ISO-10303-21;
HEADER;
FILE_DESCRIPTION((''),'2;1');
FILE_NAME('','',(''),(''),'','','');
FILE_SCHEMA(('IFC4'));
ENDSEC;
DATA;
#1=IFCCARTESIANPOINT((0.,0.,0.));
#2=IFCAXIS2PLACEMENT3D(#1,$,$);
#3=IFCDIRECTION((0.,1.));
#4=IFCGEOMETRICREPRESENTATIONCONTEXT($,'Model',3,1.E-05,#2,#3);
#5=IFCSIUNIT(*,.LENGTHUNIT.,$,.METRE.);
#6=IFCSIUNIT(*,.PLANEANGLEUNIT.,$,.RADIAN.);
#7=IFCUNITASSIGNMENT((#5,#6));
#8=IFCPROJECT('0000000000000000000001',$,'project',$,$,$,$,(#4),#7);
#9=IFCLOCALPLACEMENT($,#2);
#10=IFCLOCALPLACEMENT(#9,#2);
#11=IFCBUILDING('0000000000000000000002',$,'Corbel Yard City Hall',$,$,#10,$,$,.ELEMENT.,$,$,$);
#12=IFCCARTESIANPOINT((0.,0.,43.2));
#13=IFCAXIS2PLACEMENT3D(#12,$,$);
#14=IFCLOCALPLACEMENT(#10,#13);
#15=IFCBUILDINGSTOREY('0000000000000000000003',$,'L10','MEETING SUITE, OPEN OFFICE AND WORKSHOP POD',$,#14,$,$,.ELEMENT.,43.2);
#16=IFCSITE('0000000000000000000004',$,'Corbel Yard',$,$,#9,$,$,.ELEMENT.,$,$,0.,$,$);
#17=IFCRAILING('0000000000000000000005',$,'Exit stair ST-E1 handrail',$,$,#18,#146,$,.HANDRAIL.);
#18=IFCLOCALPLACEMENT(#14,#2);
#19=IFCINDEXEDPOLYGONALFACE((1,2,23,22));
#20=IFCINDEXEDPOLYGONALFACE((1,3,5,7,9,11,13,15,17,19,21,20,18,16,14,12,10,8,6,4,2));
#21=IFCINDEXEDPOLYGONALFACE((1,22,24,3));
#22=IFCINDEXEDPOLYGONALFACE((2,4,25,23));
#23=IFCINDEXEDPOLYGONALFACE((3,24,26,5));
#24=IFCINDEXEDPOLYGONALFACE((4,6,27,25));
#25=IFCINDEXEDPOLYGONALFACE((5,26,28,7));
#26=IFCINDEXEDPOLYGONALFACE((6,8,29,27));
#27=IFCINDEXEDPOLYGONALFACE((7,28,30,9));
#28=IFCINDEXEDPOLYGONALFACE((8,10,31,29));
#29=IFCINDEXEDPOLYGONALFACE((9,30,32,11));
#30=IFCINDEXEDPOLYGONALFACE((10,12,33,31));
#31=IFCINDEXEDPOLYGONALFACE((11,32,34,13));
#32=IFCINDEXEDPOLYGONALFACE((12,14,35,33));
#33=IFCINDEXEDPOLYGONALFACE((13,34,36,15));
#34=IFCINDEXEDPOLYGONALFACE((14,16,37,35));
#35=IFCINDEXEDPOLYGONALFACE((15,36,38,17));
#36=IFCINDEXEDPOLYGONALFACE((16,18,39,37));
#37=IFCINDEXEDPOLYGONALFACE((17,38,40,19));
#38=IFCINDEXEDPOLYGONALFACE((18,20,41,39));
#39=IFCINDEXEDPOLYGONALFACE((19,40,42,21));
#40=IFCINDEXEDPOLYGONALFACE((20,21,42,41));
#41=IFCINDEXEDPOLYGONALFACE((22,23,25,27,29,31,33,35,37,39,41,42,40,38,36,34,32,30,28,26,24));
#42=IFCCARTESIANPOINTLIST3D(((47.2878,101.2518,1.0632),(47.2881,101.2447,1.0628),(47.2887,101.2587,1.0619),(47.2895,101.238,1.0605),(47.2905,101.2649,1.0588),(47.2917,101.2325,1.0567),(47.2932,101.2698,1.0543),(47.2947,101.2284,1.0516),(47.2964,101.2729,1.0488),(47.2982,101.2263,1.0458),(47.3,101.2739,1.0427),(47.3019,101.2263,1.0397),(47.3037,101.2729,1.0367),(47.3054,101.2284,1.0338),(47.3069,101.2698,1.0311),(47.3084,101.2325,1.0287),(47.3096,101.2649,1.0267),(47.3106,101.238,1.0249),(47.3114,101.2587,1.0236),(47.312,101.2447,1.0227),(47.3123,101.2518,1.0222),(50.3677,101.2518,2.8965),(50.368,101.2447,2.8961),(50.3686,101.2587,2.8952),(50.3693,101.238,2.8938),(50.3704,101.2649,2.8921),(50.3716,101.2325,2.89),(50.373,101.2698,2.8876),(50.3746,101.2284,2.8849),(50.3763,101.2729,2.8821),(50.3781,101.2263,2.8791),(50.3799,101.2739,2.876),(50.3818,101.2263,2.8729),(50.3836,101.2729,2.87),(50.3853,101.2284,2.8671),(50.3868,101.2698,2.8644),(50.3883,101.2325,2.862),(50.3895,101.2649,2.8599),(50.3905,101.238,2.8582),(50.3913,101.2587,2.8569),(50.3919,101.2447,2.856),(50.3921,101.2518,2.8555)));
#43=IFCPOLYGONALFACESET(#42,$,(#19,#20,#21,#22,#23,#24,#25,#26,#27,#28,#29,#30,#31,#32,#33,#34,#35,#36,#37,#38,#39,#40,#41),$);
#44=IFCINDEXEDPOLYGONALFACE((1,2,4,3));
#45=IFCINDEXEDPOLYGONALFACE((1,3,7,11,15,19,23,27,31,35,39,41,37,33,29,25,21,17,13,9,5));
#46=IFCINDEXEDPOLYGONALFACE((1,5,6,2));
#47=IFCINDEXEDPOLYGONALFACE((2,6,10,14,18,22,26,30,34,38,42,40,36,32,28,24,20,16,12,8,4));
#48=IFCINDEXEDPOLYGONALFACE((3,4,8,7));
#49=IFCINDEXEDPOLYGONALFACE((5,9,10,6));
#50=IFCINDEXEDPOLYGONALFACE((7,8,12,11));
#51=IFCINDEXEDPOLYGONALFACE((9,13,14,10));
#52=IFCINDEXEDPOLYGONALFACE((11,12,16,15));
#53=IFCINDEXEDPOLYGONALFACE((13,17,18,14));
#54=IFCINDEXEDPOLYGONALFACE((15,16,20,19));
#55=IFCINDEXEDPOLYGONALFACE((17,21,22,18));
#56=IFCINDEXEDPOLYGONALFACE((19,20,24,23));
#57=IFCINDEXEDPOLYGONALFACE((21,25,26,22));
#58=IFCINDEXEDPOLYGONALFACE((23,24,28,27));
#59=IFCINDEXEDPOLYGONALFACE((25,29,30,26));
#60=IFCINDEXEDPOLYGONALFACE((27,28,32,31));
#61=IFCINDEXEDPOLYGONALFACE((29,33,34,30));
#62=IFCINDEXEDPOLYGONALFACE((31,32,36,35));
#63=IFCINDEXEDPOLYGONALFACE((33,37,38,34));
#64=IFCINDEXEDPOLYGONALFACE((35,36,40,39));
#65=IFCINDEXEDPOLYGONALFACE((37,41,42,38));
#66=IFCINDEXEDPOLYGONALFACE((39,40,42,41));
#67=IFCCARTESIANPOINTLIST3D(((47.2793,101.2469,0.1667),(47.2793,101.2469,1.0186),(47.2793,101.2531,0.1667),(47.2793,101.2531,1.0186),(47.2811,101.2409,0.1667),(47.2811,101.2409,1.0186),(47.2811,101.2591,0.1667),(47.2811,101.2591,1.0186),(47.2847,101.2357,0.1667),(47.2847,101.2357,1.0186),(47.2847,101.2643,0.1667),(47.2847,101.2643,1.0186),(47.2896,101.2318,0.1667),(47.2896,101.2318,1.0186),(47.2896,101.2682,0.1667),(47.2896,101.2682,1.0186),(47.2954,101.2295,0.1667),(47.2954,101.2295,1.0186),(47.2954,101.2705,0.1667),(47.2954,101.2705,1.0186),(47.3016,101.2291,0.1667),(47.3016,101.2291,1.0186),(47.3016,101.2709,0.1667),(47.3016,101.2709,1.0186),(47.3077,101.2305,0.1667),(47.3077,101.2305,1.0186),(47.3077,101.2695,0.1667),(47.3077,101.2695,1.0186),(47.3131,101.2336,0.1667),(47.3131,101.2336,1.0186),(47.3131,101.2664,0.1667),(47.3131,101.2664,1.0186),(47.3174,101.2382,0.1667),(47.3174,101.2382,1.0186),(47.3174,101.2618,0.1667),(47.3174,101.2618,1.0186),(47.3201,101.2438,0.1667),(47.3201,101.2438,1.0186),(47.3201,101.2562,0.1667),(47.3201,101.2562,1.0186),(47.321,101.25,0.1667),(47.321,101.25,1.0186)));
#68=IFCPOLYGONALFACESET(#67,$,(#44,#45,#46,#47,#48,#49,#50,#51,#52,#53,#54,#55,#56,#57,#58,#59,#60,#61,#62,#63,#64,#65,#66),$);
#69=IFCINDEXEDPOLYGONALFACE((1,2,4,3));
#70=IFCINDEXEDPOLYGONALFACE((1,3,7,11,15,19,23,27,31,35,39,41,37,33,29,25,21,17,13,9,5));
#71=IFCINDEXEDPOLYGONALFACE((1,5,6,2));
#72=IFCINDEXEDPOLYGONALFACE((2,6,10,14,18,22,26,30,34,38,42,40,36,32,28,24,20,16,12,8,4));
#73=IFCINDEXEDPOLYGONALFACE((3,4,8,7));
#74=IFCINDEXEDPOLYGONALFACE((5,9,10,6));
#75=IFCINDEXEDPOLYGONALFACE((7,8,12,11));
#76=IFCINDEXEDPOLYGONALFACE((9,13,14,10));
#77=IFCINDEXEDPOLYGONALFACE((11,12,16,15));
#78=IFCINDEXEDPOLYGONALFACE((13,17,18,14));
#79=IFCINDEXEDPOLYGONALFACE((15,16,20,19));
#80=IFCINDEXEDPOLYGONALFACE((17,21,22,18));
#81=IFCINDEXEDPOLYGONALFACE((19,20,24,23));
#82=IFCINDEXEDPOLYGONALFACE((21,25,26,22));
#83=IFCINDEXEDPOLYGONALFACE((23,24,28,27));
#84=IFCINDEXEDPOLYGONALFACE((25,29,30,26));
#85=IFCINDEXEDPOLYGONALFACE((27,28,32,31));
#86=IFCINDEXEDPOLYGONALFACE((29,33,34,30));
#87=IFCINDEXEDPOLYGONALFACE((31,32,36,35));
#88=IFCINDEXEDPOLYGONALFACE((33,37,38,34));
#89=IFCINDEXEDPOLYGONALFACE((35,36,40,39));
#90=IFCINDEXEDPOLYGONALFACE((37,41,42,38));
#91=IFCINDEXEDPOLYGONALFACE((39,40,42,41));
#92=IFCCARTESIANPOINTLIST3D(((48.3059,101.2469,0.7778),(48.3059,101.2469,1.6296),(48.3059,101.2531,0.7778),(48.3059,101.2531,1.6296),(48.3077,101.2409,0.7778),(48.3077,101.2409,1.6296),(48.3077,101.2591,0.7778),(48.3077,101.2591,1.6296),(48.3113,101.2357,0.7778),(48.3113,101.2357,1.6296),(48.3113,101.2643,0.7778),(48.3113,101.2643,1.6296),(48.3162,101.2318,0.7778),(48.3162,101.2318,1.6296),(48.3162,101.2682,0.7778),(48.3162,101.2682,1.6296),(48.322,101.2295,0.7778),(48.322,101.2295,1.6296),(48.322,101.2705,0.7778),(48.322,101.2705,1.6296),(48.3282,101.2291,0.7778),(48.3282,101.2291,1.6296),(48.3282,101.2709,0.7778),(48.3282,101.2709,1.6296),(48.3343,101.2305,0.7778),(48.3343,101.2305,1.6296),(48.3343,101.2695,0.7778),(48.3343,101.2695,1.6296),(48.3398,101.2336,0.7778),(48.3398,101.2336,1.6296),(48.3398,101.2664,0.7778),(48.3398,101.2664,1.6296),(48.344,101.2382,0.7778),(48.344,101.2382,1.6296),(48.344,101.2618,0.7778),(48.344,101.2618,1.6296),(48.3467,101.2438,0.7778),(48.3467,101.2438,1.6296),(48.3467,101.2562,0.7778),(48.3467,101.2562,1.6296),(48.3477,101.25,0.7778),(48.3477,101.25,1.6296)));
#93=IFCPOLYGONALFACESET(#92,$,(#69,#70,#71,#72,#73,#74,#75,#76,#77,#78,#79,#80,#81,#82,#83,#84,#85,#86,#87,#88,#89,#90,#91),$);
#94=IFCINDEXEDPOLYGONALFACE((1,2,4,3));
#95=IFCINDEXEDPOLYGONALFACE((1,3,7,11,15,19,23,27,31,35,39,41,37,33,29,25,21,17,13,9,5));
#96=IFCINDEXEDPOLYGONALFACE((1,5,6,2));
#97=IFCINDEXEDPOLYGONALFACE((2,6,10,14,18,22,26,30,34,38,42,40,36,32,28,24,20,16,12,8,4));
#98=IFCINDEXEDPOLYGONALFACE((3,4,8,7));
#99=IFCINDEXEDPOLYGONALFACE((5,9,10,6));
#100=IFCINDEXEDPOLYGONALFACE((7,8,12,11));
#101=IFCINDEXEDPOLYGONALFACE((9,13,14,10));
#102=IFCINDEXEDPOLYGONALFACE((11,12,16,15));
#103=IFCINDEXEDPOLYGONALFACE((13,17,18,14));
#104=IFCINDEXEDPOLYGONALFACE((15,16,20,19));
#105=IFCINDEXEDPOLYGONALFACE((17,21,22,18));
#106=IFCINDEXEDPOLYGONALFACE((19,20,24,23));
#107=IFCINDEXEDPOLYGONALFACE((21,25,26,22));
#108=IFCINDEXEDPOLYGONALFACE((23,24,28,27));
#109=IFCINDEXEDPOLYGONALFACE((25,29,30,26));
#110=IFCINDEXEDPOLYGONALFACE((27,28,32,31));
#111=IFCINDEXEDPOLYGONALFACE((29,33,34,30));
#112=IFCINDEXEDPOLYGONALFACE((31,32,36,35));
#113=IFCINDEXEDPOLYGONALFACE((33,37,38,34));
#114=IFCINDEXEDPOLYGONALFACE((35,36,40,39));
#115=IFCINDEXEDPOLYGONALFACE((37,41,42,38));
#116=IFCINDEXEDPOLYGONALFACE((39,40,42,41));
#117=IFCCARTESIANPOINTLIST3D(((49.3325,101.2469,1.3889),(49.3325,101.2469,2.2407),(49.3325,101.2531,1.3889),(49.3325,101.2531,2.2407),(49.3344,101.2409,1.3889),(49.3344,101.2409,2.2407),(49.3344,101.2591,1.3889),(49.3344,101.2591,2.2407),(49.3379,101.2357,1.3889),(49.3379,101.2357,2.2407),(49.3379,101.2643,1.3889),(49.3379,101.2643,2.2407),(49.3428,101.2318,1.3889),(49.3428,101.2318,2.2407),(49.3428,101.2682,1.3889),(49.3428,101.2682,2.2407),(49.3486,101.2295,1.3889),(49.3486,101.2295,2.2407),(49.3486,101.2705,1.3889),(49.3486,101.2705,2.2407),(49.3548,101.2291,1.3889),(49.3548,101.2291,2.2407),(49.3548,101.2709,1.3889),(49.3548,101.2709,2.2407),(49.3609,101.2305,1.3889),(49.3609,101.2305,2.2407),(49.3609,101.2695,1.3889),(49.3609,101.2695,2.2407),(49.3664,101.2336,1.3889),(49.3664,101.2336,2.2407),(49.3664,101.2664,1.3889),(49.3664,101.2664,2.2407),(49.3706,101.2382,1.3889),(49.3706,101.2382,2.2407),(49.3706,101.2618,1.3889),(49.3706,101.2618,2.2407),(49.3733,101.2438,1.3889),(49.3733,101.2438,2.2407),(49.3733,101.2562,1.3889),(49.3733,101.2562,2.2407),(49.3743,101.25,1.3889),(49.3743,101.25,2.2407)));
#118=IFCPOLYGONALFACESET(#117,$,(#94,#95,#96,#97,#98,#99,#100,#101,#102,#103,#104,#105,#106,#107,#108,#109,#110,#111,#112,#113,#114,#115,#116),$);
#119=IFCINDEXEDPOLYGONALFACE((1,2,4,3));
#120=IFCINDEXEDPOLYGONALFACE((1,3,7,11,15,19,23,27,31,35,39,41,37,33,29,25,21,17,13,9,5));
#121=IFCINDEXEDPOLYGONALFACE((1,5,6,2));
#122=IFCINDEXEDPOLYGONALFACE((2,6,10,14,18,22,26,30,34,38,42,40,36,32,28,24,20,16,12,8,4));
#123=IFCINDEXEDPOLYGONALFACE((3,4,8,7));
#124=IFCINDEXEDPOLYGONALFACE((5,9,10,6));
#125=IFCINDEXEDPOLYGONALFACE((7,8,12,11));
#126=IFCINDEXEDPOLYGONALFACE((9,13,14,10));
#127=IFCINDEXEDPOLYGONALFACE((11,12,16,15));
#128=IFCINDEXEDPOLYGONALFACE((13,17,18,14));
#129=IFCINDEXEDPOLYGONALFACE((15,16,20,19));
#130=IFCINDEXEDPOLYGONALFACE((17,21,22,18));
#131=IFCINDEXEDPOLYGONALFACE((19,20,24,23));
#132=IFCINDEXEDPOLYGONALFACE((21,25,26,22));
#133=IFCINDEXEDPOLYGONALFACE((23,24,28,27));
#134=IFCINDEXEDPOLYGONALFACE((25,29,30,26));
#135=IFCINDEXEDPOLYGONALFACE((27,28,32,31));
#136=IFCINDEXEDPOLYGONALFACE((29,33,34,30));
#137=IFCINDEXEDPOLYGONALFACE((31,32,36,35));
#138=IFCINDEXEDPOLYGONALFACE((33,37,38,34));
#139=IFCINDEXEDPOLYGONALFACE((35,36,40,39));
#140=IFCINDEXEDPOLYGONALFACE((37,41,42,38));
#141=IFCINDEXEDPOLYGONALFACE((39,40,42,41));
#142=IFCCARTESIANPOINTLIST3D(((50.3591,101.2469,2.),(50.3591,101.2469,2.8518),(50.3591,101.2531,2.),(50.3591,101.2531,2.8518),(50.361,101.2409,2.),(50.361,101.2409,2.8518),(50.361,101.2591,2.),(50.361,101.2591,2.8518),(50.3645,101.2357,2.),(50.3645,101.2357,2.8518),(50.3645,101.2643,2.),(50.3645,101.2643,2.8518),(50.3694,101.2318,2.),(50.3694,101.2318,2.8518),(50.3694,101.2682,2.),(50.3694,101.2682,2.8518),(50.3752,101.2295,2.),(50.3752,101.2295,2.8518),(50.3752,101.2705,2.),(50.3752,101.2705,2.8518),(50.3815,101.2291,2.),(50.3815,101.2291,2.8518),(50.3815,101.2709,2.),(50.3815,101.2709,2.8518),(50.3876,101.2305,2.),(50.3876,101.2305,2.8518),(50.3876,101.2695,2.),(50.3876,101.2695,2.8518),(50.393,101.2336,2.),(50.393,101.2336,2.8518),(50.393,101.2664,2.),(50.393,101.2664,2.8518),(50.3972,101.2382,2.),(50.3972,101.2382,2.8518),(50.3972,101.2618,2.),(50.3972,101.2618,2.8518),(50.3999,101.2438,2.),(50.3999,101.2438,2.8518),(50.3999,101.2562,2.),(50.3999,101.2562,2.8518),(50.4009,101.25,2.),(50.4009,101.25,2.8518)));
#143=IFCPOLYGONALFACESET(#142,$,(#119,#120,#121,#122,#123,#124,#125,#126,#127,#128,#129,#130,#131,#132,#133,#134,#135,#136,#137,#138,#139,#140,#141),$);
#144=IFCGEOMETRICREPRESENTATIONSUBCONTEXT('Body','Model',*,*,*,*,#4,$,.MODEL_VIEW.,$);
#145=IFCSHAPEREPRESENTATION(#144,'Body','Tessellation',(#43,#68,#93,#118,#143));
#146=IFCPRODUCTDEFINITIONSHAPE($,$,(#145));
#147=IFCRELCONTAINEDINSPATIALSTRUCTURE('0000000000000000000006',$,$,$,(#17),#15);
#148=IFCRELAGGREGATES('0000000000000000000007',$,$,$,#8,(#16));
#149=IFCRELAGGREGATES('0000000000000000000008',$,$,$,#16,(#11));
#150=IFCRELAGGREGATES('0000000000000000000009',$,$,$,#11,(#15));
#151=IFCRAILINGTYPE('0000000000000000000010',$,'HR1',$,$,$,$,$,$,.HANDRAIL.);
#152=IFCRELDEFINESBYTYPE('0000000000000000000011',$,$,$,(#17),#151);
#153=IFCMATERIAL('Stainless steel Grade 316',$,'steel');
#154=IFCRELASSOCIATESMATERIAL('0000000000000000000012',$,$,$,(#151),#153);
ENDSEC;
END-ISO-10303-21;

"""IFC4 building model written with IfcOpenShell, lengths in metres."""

from ifc_helpers import new_model, si_unit, direction, frame, origin, origin_2d, place, context, subcontext, project, spatial, circle, extrude, material, type_object, element, save


model = new_model("IFC4")

# Units and contexts
model_context = context("Model", 3, precision=1e-05, world=origin(), true_north=direction((0.0, 1.0)))
body_context = subcontext(model_context, "Body", "Model", "MODEL_VIEW")
ifc_project = project(units=[si_unit("LENGTHUNIT", "METRE"), si_unit("PLANEANGLEUNIT", "RADIAN")], contexts=[model_context])

# Site, building, storey
site_placement = place(None, origin())
site = spatial("IfcSite", under=ifc_project, at=site_placement, Name="Corbel Yard", CompositionType="ELEMENT", RefElevation=0.0)
building_placement = place(site_placement, origin())
building = spatial("IfcBuilding", under=site, at=building_placement, Name="Corbel Yard City Hall", CompositionType="ELEMENT")
storey_placement = place(building_placement, frame((0.0, 0.0, 43.2)))
storey = spatial("IfcBuildingStorey", under=building, at=storey_placement, Name="L10", Description="MEETING SUITE, OPEN OFFICE AND WORKSHOP POD", CompositionType="ELEMENT", Elevation=43.2)

# Railing
ifc_material_1 = material(Name="Stainless steel Grade 316", Category="steel")
railing_type = type_object("IfcRailingType", Name="HR1", PredefinedType="HANDRAIL", material=ifc_material_1)
for number, where, name in (
    (1, (47.3, 101.25, 0.1667), "Exit stair ST-E1 handrail"),
):
    element("IfcRailing", number, at=place(storey_placement, frame(where)), inside=storey, type_object=railing_type, Name=name, PredefinedType="HANDRAIL", context=body_context, shape_type="SweptSolid", body=[
        extrude(circle(Radius=0.0239, at=origin_2d()), frame((0.0, 0.0, 0.876), z_axis=(0.859291, 0.0, 0.511487), x_axis=(0.0, 1.0, 0.0)), (0.0, 0.0, 1.0), 3.5842),
        extrude(circle(Radius=0.021, at=origin_2d()), origin(), (0.0, 0.0, 1.0), 0.8518),
        extrude(circle(Radius=0.021, at=origin_2d()), frame((1.0266, 0.0, 0.6111)), (0.0, 0.0, 1.0), 0.8518),
        extrude(circle(Radius=0.021, at=origin_2d()), frame((2.0532, 0.0, 1.2222)), (0.0, 0.0, 1.0), 0.8518),
        extrude(circle(Radius=0.021, at=origin_2d()), frame((3.0798, 0.0, 1.8333)), (0.0, 0.0, 1.0), 0.8518),
    ])

save(model, "model.ifc")
